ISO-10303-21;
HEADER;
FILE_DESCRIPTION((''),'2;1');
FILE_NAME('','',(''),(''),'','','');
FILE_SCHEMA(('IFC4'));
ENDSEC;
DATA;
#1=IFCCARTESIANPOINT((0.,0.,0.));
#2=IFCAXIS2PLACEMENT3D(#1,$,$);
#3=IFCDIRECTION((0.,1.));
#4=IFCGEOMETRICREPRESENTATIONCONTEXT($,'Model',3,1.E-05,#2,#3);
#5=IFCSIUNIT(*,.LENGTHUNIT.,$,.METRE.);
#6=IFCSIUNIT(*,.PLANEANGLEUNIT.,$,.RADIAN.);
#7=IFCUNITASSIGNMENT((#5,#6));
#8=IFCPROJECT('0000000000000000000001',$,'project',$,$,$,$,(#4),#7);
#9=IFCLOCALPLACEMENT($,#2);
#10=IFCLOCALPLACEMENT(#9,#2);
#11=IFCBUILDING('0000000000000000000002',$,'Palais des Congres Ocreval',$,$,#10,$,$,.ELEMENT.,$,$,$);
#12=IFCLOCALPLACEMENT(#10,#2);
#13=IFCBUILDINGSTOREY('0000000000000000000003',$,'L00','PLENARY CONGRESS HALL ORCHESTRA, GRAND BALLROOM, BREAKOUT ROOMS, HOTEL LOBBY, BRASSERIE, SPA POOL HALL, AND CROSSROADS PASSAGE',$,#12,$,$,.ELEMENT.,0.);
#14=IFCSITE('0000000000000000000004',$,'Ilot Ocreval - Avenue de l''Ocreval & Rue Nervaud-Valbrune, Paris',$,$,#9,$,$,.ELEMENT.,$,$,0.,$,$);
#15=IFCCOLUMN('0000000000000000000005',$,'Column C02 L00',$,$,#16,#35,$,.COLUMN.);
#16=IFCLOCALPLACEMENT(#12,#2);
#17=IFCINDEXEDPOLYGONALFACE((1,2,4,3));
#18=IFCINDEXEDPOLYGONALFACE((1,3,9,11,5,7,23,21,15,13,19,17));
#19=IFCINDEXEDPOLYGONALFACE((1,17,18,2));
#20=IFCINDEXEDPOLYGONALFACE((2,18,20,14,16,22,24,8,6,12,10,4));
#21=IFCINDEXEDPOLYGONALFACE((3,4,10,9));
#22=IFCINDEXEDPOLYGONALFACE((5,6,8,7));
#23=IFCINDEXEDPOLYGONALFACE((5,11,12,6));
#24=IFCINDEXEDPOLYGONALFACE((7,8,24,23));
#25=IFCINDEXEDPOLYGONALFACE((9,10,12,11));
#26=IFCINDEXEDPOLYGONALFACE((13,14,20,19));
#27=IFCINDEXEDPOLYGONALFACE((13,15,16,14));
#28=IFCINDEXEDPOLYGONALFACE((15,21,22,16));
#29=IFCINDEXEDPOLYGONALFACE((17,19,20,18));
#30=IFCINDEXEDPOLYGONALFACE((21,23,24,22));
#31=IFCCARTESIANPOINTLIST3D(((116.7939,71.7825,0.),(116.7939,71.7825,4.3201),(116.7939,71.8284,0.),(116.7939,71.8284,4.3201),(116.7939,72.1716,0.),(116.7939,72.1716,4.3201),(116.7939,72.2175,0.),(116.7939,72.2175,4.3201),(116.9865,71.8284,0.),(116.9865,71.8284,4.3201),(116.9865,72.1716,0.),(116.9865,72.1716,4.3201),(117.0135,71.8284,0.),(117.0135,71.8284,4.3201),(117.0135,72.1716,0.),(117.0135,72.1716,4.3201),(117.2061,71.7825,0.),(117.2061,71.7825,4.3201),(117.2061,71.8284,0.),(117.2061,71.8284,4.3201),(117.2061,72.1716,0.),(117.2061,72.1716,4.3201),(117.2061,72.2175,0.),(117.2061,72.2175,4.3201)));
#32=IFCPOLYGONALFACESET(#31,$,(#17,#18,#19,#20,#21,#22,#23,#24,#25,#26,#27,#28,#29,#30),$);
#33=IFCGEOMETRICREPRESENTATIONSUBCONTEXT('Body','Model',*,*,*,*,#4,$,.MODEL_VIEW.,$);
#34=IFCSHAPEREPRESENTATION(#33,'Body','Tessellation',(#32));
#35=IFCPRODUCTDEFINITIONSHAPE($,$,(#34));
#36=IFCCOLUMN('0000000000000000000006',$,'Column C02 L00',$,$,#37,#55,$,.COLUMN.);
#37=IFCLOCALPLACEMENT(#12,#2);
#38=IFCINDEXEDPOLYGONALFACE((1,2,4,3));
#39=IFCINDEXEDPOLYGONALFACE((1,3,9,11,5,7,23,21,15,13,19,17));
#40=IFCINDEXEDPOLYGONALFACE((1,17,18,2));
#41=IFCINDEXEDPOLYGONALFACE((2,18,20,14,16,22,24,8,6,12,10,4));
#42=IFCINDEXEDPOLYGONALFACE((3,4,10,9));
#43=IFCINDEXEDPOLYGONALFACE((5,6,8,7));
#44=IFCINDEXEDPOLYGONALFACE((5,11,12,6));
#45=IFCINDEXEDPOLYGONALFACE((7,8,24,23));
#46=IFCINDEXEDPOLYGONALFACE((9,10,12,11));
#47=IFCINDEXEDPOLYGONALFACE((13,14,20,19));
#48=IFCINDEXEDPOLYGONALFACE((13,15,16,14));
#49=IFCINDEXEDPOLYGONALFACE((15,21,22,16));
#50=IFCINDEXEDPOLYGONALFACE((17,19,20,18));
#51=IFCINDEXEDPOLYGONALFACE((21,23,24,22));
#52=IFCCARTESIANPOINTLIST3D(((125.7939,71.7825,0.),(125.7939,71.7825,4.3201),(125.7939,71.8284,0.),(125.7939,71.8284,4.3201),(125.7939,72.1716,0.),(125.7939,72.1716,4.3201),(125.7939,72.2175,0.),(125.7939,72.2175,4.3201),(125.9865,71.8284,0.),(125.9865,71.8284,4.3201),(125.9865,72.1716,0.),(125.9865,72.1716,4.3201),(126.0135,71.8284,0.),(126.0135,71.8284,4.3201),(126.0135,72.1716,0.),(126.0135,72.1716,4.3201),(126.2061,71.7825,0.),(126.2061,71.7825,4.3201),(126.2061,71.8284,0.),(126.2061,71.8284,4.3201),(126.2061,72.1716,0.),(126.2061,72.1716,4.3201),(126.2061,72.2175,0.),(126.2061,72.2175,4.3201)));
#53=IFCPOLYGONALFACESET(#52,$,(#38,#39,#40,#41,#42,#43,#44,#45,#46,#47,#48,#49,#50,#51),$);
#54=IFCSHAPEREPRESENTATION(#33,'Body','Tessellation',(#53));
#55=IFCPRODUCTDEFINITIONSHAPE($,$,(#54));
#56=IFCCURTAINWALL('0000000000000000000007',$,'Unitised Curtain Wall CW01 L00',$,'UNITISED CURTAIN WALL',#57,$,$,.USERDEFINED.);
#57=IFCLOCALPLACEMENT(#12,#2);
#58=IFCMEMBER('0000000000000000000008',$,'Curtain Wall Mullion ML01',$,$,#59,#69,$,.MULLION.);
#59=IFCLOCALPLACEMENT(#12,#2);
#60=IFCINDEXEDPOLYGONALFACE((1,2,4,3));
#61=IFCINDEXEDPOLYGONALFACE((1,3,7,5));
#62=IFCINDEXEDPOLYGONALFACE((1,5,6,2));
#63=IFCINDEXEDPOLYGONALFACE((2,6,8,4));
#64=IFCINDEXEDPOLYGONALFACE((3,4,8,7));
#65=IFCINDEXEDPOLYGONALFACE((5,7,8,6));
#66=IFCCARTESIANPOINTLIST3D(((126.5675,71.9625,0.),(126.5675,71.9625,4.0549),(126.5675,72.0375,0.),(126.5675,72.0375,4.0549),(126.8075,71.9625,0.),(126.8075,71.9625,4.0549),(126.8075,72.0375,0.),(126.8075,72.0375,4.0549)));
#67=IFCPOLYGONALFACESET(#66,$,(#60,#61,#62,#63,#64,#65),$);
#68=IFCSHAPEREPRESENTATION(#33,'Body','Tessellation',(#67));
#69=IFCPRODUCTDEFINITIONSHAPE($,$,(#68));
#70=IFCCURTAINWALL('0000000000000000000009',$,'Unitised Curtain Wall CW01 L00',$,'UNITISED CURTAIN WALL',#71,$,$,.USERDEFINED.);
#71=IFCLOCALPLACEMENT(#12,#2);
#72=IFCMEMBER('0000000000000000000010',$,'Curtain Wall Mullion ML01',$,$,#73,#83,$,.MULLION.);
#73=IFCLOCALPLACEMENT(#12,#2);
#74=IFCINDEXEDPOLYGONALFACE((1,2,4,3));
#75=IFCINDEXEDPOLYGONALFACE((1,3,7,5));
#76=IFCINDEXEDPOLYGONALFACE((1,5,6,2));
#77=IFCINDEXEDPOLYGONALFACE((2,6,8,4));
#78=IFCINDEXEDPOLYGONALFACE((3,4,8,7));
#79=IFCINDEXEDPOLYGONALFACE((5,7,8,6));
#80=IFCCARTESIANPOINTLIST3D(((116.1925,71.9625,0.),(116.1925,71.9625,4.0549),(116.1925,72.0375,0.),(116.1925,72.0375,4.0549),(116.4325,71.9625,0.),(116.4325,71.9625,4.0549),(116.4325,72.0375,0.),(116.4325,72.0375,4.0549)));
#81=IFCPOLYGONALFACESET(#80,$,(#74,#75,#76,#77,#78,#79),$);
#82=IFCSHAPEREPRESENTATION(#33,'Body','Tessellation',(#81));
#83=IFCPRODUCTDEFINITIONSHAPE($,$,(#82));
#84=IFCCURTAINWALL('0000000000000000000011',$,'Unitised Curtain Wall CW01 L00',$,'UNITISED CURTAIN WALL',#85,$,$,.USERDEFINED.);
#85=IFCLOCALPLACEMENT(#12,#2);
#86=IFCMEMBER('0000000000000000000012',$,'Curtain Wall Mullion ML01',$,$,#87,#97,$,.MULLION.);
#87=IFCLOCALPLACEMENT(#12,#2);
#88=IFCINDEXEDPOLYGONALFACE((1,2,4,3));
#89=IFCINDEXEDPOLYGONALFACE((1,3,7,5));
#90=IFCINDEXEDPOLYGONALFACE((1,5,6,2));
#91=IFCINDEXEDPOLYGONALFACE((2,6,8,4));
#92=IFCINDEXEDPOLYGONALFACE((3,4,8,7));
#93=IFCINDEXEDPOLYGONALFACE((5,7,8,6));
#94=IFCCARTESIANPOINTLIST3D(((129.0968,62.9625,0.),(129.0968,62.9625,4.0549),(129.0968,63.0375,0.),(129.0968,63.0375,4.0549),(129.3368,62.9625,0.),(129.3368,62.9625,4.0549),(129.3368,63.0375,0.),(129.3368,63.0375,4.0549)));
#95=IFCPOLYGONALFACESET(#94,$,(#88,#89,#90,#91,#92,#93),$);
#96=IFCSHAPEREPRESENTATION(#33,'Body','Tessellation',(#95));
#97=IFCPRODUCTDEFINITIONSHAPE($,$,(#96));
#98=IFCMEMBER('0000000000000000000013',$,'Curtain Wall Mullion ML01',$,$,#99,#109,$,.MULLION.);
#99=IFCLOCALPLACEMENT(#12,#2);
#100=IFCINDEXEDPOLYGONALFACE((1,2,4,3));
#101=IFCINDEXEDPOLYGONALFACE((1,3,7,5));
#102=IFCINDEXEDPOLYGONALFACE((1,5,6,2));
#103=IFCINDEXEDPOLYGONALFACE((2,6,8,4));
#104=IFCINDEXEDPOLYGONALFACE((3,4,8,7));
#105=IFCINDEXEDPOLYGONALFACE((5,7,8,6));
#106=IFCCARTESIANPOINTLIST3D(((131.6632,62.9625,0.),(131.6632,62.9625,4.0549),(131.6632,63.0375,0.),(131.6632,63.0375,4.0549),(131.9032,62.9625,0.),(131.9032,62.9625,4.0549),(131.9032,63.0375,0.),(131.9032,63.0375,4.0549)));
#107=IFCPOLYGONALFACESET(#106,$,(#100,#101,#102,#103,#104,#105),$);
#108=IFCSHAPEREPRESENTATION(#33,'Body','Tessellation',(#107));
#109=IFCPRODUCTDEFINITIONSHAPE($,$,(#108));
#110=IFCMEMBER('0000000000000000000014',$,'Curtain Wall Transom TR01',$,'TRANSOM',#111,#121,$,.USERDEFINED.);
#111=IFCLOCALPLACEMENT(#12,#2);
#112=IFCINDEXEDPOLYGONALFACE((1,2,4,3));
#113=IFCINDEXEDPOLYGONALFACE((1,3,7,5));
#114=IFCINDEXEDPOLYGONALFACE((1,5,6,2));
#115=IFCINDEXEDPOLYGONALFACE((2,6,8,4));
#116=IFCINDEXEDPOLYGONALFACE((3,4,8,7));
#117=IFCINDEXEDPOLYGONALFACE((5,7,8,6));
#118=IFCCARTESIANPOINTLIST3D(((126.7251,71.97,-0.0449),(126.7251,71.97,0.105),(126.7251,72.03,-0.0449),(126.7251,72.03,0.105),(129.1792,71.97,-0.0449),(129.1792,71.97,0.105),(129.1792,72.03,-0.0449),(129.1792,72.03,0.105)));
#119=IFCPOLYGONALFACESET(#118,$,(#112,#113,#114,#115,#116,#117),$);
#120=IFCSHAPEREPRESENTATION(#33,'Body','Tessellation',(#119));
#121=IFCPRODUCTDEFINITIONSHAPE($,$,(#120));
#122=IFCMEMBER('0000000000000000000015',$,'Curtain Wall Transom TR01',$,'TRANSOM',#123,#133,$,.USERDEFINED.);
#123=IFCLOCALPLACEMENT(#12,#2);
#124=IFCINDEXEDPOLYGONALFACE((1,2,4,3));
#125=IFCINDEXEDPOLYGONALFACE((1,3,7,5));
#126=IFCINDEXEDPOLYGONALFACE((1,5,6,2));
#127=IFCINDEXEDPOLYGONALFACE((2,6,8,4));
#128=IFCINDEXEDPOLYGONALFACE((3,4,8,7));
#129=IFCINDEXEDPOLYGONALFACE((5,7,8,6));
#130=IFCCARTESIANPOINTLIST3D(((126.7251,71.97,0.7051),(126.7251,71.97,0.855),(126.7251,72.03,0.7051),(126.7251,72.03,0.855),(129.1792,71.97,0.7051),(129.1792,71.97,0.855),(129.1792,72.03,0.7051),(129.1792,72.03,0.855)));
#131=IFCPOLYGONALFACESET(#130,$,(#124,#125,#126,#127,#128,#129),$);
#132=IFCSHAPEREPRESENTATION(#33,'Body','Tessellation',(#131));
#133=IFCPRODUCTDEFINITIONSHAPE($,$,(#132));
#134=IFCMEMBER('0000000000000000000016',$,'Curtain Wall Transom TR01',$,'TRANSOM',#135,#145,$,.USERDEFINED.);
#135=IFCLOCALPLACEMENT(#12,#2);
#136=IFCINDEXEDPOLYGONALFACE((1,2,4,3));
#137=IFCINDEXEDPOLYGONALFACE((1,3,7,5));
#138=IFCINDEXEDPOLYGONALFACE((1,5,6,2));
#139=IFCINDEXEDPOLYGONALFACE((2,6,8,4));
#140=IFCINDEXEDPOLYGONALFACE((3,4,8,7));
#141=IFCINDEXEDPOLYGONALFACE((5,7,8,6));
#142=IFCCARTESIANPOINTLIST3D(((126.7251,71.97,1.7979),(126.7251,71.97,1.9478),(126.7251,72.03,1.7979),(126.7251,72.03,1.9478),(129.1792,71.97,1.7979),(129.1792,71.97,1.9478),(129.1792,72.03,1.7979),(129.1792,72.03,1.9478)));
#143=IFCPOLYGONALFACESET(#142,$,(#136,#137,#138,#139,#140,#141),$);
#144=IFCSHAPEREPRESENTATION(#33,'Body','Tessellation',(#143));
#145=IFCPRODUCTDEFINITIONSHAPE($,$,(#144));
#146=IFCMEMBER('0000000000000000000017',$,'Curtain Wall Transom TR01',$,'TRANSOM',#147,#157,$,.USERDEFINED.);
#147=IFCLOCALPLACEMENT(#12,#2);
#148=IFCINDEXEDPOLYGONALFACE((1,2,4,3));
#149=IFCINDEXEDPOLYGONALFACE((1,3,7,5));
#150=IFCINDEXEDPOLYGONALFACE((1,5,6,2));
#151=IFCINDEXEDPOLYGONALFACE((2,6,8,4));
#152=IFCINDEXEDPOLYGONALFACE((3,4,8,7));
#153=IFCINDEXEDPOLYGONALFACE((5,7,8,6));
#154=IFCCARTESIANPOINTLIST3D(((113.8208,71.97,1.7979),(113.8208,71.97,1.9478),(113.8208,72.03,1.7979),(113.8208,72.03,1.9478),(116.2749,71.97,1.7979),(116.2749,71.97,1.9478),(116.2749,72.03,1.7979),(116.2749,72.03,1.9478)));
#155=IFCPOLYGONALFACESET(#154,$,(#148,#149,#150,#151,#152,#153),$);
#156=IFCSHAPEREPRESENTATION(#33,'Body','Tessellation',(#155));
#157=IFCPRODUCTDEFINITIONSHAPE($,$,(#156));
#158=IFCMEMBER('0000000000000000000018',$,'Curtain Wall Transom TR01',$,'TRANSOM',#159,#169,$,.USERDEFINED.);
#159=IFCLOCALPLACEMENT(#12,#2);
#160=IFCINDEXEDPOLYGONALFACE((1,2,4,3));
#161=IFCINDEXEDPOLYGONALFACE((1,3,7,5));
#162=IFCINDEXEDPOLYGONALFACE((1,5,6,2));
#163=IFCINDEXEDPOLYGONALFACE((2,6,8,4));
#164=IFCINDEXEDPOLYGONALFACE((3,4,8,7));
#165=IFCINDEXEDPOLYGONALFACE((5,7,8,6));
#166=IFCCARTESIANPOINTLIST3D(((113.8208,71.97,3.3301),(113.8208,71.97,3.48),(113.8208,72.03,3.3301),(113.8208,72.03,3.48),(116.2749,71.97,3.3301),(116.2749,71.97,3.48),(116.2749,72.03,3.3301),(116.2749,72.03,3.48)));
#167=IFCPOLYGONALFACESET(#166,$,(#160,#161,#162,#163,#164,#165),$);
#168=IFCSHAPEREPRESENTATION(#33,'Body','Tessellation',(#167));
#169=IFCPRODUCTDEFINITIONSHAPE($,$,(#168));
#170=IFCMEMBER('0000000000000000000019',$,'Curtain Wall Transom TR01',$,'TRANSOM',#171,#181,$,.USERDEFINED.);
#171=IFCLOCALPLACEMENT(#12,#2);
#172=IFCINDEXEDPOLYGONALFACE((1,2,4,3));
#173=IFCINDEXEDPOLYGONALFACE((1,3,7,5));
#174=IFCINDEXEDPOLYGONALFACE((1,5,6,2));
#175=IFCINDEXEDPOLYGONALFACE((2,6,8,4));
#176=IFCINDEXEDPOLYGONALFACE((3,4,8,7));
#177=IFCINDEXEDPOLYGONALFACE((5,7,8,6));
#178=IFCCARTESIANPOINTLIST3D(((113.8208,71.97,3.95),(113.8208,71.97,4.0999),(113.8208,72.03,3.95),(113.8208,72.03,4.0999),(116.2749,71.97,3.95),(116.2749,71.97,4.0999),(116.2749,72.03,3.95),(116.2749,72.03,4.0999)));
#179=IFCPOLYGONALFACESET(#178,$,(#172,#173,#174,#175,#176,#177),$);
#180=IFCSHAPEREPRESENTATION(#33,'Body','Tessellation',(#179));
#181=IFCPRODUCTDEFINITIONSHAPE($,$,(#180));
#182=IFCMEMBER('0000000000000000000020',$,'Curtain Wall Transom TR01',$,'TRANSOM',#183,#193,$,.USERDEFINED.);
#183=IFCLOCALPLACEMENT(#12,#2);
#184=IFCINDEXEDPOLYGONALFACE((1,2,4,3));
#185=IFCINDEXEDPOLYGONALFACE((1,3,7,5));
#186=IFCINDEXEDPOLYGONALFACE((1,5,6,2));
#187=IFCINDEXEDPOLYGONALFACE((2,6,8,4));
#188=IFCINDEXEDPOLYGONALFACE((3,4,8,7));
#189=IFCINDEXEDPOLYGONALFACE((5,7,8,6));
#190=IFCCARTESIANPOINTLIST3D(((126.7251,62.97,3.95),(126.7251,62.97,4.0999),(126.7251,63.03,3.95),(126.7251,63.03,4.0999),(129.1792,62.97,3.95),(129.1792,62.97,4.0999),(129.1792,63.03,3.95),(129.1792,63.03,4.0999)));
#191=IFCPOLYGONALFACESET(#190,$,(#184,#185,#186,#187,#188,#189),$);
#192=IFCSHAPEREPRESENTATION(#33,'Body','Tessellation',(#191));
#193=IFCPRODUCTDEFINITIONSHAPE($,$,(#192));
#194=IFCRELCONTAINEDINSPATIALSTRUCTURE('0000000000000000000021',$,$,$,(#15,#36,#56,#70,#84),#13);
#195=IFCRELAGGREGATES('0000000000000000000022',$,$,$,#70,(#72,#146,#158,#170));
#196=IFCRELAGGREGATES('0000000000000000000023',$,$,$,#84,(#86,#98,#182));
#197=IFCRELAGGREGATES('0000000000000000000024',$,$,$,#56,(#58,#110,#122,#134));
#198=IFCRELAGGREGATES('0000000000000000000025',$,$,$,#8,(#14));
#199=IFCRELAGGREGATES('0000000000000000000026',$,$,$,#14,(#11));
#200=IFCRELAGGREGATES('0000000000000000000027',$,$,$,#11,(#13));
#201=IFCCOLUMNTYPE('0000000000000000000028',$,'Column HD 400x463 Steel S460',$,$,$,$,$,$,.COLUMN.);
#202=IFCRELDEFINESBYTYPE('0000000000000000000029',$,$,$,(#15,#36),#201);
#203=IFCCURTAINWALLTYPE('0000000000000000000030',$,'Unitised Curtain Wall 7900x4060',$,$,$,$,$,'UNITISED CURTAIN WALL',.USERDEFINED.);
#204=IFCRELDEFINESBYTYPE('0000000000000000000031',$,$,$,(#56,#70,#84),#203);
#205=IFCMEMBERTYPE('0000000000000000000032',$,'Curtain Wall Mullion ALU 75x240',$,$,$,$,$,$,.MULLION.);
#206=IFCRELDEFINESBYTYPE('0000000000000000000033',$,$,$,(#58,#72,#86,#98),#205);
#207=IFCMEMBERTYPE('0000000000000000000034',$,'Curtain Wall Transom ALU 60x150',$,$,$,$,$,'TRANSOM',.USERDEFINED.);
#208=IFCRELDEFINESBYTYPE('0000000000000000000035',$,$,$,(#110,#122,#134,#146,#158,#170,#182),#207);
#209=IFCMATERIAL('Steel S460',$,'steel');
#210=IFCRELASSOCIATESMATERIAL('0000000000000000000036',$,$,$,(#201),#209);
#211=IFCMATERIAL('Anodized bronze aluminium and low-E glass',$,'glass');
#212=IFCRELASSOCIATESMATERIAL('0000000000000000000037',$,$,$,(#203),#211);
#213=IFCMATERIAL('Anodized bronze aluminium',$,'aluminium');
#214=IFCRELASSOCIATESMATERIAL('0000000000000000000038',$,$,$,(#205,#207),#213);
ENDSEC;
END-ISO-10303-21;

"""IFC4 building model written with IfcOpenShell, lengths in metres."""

from ifc_helpers import new_model, si_unit, direction, frame, origin, origin_2d, place, context, subcontext, project, spatial, rectangle, i_section, extrude, material, material_profile, profile_set, type_object, element, aggregate, save


model = new_model("IFC4")

# Units and contexts
model_context = context("Model", 3, precision=1e-05, world=origin(), true_north=direction((0.0, 1.0)))
body_context = subcontext(model_context, "Body", "Model", "MODEL_VIEW")
ifc_project = project(units=[si_unit("LENGTHUNIT", "METRE"), si_unit("PLANEANGLEUNIT", "RADIAN")], contexts=[model_context])

# Site, building, storey
site_placement = place(None, origin())
site = spatial("IfcSite", under=ifc_project, at=site_placement, Name="Ilot Ocreval - Avenue de l'Ocreval & Rue Nervaud-Valbrune, Paris", CompositionType="ELEMENT", RefElevation=0.0)
building_placement = place(site_placement, origin())
building = spatial("IfcBuilding", under=site, at=building_placement, Name="Palais des Congres Ocreval", CompositionType="ELEMENT")
storey_placement = place(building_placement, origin())
storey = spatial("IfcBuildingStorey", under=building, at=storey_placement, Name="L00", Description="PLENARY CONGRESS HALL ORCHESTRA, GRAND BALLROOM, BREAKOUT ROOMS, HOTEL LOBBY, BRASSERIE, SPA POOL HALL, AND CROSSROADS PASSAGE", CompositionType="ELEMENT", Elevation=0.0)

# Columns
ifc_material_1 = material(Name="Steel S460", Category="steel")
ifc_material_profile_1 = material_profile(ifc_material_1, i_section(OverallWidth=0.4121, OverallDepth=0.4351, WebThickness=0.0271, FlangeThickness=0.0459, at=origin_2d()), Name="HD 400x463")
ifc_profile_set_1 = profile_set([ifc_material_profile_1], Name="Steel S460")
column_type = type_object("IfcColumnType", Name="Column HD 400x463 Steel S460", PredefinedType="COLUMN", material=ifc_profile_set_1)
for number, where, z_axis, x_axis, name in (
    (1, (117.0, 72.0, 0.0), (0.0, 0.0, 1.0), (1.0, 0.0, 0.0), "Column C02 L00"),
    (2, (126.0, 72.0, 0.0), (0.0, 0.0, 1.0), (1.0, 0.0, 0.0), "Column C02 L00"),
):
    element("IfcColumn", number, at=place(storey_placement, frame(where, z_axis=z_axis, x_axis=x_axis)), inside=storey, type_object=column_type, Name=name, PredefinedType="COLUMN", context=body_context, shape_type="SweptSolid", body=[
        extrude(i_section(OverallWidth=0.4121, OverallDepth=0.4351, WebThickness=0.0271, FlangeThickness=0.0459, at=origin_2d()), origin(), (0.0, 0.0, 1.0), 4.3201),
    ])

# Curtain walls, members
ifc_material_2 = material(Name="Anodized bronze aluminium and low-E glass", Category="glass")
curtain_wall_type = type_object("IfcCurtainWallType", Name="Unitised Curtain Wall 7900x4060", ElementType="UNITISED CURTAIN WALL", PredefinedType="USERDEFINED", material=ifc_material_2)
curtain_wall_1_placement = place(storey_placement, origin())
curtain_wall_1 = element("IfcCurtainWall", 3, at=curtain_wall_1_placement, inside=storey, type_object=curtain_wall_type, Name="Unitised Curtain Wall CW01 L00", ObjectType="UNITISED CURTAIN WALL", PredefinedType="USERDEFINED")
ifc_material_3 = material(Name="Anodized bronze aluminium", Category="aluminium")
ifc_material_profile_2 = material_profile(ifc_material_3, rectangle(XDim=0.075, YDim=0.24, at=origin_2d()), Name="ALU 75x240")
ifc_profile_set_2 = profile_set([ifc_material_profile_2], Name="Anodized bronze aluminium")
member_type_1 = type_object("IfcMemberType", Name="Curtain Wall Mullion ALU 75x240", PredefinedType="MULLION", material=ifc_profile_set_2)
member_1_placement = place(storey_placement, frame((126.6875, 72.0, 0.0), z_axis=(0.0, 0.0, 1.0), x_axis=(0.0, -1.0, 0.0)))
member_1 = element("IfcMember", 4, at=member_1_placement, type_object=member_type_1, Name="Curtain Wall Mullion ML01", PredefinedType="MULLION", context=body_context, shape_type="SweptSolid", body=[
    extrude(rectangle(XDim=0.075, YDim=0.24, at=origin_2d()), origin(), (0.0, 0.0, 1.0), 4.0549),
])
curtain_wall_2_placement = place(storey_placement, origin())
curtain_wall_2 = element("IfcCurtainWall", 5, at=curtain_wall_2_placement, inside=storey, type_object=curtain_wall_type, Name="Unitised Curtain Wall CW01 L00", ObjectType="UNITISED CURTAIN WALL", PredefinedType="USERDEFINED")
member_2_placement = place(storey_placement, frame((116.3125, 72.0, 0.0), z_axis=(0.0, 0.0, 1.0), x_axis=(0.0, -1.0, 0.0)))
member_2 = element("IfcMember", 6, at=member_2_placement, type_object=member_type_1, Name="Curtain Wall Mullion ML01", PredefinedType="MULLION", context=body_context, shape_type="SweptSolid", body=[
    extrude(rectangle(XDim=0.075, YDim=0.24, at=origin_2d()), origin(), (0.0, 0.0, 1.0), 4.0549),
])

# Curtain wall, members
curtain_wall_3_placement = place(storey_placement, origin())
curtain_wall_3 = element("IfcCurtainWall", 7, at=curtain_wall_3_placement, inside=storey, type_object=curtain_wall_type, Name="Unitised Curtain Wall CW01 L00", ObjectType="UNITISED CURTAIN WALL", PredefinedType="USERDEFINED")
member_3_placement = place(storey_placement, frame((129.2168, 63.0, 0.0), z_axis=(0.0, 0.0, 1.0), x_axis=(0.0, 1.0, 0.0)))
member_3 = element("IfcMember", 8, at=member_3_placement, type_object=member_type_1, Name="Curtain Wall Mullion ML01", PredefinedType="MULLION", context=body_context, shape_type="SweptSolid", body=[
    extrude(rectangle(XDim=0.075, YDim=0.24, at=origin_2d()), origin(), (0.0, 0.0, 1.0), 4.0549),
])
member_4_placement = place(storey_placement, frame((131.7832, 63.0, 0.0), z_axis=(0.0, 0.0, 1.0), x_axis=(0.0, 1.0, 0.0)))
member_4 = element("IfcMember", 9, at=member_4_placement, type_object=member_type_1, Name="Curtain Wall Mullion ML01", PredefinedType="MULLION", context=body_context, shape_type="SweptSolid", body=[
    extrude(rectangle(XDim=0.075, YDim=0.24, at=origin_2d()), origin(), (0.0, 0.0, 1.0), 4.0549),
])

# Members
ifc_material_profile_3 = material_profile(ifc_material_3, rectangle(XDim=0.0601, YDim=0.1499, at=origin_2d()), Name="ALU 60x150")
ifc_profile_set_3 = profile_set([ifc_material_profile_3], Name="Anodized bronze aluminium")
member_type_2 = type_object("IfcMemberType", Name="Curtain Wall Transom ALU 60x150", ElementType="TRANSOM", PredefinedType="USERDEFINED", material=ifc_profile_set_3)
member_5_placement = place(storey_placement, frame((129.1792, 72.0, 0.03), z_axis=(-1.0, 0.0, 0.0), x_axis=(0.0, -1.0, 0.0)))
member_5 = element("IfcMember", 10, at=member_5_placement, type_object=member_type_2, Name="Curtain Wall Transom TR01", ObjectType="TRANSOM", PredefinedType="USERDEFINED", context=body_context, shape_type="SweptSolid", body=[
    extrude(rectangle(XDim=0.0601, YDim=0.1499, at=origin_2d()), origin(), (0.0, 0.0, 1.0), 2.4541),
])
member_6_placement = place(storey_placement, frame((129.1792, 72.0, 0.78), z_axis=(-1.0, 0.0, 0.0), x_axis=(0.0, -1.0, 0.0)))
member_6 = element("IfcMember", 11, at=member_6_placement, type_object=member_type_2, Name="Curtain Wall Transom TR01", ObjectType="TRANSOM", PredefinedType="USERDEFINED", context=body_context, shape_type="SweptSolid", body=[
    extrude(rectangle(XDim=0.0601, YDim=0.1499, at=origin_2d()), origin(), (0.0, 0.0, 1.0), 2.4541),
])
member_7_placement = place(storey_placement, frame((129.1792, 72.0, 1.8728), z_axis=(-1.0, 0.0, 0.0), x_axis=(0.0, -1.0, 0.0)))
member_7 = element("IfcMember", 12, at=member_7_placement, type_object=member_type_2, Name="Curtain Wall Transom TR01", ObjectType="TRANSOM", PredefinedType="USERDEFINED", context=body_context, shape_type="SweptSolid", body=[
    extrude(rectangle(XDim=0.0601, YDim=0.1499, at=origin_2d()), origin(), (0.0, 0.0, 1.0), 2.4541),
])
member_8_placement = place(storey_placement, frame((116.2749, 72.0, 1.8728), z_axis=(-1.0, 0.0, 0.0), x_axis=(0.0, -1.0, 0.0)))
member_8 = element("IfcMember", 13, at=member_8_placement, type_object=member_type_2, Name="Curtain Wall Transom TR01", ObjectType="TRANSOM", PredefinedType="USERDEFINED", context=body_context, shape_type="SweptSolid", body=[
    extrude(rectangle(XDim=0.0601, YDim=0.1499, at=origin_2d()), origin(), (0.0, 0.0, 1.0), 2.4541),
])
member_9_placement = place(storey_placement, frame((116.2749, 72.0, 3.405), z_axis=(-1.0, 0.0, 0.0), x_axis=(0.0, -1.0, 0.0)))
member_9 = element("IfcMember", 14, at=member_9_placement, type_object=member_type_2, Name="Curtain Wall Transom TR01", ObjectType="TRANSOM", PredefinedType="USERDEFINED", context=body_context, shape_type="SweptSolid", body=[
    extrude(rectangle(XDim=0.0601, YDim=0.1499, at=origin_2d()), origin(), (0.0, 0.0, 1.0), 2.4541),
])
member_10_placement = place(storey_placement, frame((116.2749, 72.0, 4.0249), z_axis=(-1.0, 0.0, 0.0), x_axis=(0.0, -1.0, 0.0)))
member_10 = element("IfcMember", 15, at=member_10_placement, type_object=member_type_2, Name="Curtain Wall Transom TR01", ObjectType="TRANSOM", PredefinedType="USERDEFINED", context=body_context, shape_type="SweptSolid", body=[
    extrude(rectangle(XDim=0.0601, YDim=0.1499, at=origin_2d()), origin(), (0.0, 0.0, 1.0), 2.4541),
])
aggregate(curtain_wall_2, [member_2, member_8, member_9, member_10])
member_11_placement = place(storey_placement, frame((126.7251, 63.0, 4.0249), z_axis=(1.0, 0.0, 0.0), x_axis=(0.0, 1.0, 0.0)))
member_11 = element("IfcMember", 16, at=member_11_placement, type_object=member_type_2, Name="Curtain Wall Transom TR01", ObjectType="TRANSOM", PredefinedType="USERDEFINED", context=body_context, shape_type="SweptSolid", body=[
    extrude(rectangle(XDim=0.0601, YDim=0.1499, at=origin_2d()), origin(), (0.0, 0.0, 1.0), 2.4541),
])

aggregate(curtain_wall_3, [member_3, member_4, member_11])
aggregate(curtain_wall_1, [member_1, member_5, member_6, member_7])

save(model, "model.ifc")
